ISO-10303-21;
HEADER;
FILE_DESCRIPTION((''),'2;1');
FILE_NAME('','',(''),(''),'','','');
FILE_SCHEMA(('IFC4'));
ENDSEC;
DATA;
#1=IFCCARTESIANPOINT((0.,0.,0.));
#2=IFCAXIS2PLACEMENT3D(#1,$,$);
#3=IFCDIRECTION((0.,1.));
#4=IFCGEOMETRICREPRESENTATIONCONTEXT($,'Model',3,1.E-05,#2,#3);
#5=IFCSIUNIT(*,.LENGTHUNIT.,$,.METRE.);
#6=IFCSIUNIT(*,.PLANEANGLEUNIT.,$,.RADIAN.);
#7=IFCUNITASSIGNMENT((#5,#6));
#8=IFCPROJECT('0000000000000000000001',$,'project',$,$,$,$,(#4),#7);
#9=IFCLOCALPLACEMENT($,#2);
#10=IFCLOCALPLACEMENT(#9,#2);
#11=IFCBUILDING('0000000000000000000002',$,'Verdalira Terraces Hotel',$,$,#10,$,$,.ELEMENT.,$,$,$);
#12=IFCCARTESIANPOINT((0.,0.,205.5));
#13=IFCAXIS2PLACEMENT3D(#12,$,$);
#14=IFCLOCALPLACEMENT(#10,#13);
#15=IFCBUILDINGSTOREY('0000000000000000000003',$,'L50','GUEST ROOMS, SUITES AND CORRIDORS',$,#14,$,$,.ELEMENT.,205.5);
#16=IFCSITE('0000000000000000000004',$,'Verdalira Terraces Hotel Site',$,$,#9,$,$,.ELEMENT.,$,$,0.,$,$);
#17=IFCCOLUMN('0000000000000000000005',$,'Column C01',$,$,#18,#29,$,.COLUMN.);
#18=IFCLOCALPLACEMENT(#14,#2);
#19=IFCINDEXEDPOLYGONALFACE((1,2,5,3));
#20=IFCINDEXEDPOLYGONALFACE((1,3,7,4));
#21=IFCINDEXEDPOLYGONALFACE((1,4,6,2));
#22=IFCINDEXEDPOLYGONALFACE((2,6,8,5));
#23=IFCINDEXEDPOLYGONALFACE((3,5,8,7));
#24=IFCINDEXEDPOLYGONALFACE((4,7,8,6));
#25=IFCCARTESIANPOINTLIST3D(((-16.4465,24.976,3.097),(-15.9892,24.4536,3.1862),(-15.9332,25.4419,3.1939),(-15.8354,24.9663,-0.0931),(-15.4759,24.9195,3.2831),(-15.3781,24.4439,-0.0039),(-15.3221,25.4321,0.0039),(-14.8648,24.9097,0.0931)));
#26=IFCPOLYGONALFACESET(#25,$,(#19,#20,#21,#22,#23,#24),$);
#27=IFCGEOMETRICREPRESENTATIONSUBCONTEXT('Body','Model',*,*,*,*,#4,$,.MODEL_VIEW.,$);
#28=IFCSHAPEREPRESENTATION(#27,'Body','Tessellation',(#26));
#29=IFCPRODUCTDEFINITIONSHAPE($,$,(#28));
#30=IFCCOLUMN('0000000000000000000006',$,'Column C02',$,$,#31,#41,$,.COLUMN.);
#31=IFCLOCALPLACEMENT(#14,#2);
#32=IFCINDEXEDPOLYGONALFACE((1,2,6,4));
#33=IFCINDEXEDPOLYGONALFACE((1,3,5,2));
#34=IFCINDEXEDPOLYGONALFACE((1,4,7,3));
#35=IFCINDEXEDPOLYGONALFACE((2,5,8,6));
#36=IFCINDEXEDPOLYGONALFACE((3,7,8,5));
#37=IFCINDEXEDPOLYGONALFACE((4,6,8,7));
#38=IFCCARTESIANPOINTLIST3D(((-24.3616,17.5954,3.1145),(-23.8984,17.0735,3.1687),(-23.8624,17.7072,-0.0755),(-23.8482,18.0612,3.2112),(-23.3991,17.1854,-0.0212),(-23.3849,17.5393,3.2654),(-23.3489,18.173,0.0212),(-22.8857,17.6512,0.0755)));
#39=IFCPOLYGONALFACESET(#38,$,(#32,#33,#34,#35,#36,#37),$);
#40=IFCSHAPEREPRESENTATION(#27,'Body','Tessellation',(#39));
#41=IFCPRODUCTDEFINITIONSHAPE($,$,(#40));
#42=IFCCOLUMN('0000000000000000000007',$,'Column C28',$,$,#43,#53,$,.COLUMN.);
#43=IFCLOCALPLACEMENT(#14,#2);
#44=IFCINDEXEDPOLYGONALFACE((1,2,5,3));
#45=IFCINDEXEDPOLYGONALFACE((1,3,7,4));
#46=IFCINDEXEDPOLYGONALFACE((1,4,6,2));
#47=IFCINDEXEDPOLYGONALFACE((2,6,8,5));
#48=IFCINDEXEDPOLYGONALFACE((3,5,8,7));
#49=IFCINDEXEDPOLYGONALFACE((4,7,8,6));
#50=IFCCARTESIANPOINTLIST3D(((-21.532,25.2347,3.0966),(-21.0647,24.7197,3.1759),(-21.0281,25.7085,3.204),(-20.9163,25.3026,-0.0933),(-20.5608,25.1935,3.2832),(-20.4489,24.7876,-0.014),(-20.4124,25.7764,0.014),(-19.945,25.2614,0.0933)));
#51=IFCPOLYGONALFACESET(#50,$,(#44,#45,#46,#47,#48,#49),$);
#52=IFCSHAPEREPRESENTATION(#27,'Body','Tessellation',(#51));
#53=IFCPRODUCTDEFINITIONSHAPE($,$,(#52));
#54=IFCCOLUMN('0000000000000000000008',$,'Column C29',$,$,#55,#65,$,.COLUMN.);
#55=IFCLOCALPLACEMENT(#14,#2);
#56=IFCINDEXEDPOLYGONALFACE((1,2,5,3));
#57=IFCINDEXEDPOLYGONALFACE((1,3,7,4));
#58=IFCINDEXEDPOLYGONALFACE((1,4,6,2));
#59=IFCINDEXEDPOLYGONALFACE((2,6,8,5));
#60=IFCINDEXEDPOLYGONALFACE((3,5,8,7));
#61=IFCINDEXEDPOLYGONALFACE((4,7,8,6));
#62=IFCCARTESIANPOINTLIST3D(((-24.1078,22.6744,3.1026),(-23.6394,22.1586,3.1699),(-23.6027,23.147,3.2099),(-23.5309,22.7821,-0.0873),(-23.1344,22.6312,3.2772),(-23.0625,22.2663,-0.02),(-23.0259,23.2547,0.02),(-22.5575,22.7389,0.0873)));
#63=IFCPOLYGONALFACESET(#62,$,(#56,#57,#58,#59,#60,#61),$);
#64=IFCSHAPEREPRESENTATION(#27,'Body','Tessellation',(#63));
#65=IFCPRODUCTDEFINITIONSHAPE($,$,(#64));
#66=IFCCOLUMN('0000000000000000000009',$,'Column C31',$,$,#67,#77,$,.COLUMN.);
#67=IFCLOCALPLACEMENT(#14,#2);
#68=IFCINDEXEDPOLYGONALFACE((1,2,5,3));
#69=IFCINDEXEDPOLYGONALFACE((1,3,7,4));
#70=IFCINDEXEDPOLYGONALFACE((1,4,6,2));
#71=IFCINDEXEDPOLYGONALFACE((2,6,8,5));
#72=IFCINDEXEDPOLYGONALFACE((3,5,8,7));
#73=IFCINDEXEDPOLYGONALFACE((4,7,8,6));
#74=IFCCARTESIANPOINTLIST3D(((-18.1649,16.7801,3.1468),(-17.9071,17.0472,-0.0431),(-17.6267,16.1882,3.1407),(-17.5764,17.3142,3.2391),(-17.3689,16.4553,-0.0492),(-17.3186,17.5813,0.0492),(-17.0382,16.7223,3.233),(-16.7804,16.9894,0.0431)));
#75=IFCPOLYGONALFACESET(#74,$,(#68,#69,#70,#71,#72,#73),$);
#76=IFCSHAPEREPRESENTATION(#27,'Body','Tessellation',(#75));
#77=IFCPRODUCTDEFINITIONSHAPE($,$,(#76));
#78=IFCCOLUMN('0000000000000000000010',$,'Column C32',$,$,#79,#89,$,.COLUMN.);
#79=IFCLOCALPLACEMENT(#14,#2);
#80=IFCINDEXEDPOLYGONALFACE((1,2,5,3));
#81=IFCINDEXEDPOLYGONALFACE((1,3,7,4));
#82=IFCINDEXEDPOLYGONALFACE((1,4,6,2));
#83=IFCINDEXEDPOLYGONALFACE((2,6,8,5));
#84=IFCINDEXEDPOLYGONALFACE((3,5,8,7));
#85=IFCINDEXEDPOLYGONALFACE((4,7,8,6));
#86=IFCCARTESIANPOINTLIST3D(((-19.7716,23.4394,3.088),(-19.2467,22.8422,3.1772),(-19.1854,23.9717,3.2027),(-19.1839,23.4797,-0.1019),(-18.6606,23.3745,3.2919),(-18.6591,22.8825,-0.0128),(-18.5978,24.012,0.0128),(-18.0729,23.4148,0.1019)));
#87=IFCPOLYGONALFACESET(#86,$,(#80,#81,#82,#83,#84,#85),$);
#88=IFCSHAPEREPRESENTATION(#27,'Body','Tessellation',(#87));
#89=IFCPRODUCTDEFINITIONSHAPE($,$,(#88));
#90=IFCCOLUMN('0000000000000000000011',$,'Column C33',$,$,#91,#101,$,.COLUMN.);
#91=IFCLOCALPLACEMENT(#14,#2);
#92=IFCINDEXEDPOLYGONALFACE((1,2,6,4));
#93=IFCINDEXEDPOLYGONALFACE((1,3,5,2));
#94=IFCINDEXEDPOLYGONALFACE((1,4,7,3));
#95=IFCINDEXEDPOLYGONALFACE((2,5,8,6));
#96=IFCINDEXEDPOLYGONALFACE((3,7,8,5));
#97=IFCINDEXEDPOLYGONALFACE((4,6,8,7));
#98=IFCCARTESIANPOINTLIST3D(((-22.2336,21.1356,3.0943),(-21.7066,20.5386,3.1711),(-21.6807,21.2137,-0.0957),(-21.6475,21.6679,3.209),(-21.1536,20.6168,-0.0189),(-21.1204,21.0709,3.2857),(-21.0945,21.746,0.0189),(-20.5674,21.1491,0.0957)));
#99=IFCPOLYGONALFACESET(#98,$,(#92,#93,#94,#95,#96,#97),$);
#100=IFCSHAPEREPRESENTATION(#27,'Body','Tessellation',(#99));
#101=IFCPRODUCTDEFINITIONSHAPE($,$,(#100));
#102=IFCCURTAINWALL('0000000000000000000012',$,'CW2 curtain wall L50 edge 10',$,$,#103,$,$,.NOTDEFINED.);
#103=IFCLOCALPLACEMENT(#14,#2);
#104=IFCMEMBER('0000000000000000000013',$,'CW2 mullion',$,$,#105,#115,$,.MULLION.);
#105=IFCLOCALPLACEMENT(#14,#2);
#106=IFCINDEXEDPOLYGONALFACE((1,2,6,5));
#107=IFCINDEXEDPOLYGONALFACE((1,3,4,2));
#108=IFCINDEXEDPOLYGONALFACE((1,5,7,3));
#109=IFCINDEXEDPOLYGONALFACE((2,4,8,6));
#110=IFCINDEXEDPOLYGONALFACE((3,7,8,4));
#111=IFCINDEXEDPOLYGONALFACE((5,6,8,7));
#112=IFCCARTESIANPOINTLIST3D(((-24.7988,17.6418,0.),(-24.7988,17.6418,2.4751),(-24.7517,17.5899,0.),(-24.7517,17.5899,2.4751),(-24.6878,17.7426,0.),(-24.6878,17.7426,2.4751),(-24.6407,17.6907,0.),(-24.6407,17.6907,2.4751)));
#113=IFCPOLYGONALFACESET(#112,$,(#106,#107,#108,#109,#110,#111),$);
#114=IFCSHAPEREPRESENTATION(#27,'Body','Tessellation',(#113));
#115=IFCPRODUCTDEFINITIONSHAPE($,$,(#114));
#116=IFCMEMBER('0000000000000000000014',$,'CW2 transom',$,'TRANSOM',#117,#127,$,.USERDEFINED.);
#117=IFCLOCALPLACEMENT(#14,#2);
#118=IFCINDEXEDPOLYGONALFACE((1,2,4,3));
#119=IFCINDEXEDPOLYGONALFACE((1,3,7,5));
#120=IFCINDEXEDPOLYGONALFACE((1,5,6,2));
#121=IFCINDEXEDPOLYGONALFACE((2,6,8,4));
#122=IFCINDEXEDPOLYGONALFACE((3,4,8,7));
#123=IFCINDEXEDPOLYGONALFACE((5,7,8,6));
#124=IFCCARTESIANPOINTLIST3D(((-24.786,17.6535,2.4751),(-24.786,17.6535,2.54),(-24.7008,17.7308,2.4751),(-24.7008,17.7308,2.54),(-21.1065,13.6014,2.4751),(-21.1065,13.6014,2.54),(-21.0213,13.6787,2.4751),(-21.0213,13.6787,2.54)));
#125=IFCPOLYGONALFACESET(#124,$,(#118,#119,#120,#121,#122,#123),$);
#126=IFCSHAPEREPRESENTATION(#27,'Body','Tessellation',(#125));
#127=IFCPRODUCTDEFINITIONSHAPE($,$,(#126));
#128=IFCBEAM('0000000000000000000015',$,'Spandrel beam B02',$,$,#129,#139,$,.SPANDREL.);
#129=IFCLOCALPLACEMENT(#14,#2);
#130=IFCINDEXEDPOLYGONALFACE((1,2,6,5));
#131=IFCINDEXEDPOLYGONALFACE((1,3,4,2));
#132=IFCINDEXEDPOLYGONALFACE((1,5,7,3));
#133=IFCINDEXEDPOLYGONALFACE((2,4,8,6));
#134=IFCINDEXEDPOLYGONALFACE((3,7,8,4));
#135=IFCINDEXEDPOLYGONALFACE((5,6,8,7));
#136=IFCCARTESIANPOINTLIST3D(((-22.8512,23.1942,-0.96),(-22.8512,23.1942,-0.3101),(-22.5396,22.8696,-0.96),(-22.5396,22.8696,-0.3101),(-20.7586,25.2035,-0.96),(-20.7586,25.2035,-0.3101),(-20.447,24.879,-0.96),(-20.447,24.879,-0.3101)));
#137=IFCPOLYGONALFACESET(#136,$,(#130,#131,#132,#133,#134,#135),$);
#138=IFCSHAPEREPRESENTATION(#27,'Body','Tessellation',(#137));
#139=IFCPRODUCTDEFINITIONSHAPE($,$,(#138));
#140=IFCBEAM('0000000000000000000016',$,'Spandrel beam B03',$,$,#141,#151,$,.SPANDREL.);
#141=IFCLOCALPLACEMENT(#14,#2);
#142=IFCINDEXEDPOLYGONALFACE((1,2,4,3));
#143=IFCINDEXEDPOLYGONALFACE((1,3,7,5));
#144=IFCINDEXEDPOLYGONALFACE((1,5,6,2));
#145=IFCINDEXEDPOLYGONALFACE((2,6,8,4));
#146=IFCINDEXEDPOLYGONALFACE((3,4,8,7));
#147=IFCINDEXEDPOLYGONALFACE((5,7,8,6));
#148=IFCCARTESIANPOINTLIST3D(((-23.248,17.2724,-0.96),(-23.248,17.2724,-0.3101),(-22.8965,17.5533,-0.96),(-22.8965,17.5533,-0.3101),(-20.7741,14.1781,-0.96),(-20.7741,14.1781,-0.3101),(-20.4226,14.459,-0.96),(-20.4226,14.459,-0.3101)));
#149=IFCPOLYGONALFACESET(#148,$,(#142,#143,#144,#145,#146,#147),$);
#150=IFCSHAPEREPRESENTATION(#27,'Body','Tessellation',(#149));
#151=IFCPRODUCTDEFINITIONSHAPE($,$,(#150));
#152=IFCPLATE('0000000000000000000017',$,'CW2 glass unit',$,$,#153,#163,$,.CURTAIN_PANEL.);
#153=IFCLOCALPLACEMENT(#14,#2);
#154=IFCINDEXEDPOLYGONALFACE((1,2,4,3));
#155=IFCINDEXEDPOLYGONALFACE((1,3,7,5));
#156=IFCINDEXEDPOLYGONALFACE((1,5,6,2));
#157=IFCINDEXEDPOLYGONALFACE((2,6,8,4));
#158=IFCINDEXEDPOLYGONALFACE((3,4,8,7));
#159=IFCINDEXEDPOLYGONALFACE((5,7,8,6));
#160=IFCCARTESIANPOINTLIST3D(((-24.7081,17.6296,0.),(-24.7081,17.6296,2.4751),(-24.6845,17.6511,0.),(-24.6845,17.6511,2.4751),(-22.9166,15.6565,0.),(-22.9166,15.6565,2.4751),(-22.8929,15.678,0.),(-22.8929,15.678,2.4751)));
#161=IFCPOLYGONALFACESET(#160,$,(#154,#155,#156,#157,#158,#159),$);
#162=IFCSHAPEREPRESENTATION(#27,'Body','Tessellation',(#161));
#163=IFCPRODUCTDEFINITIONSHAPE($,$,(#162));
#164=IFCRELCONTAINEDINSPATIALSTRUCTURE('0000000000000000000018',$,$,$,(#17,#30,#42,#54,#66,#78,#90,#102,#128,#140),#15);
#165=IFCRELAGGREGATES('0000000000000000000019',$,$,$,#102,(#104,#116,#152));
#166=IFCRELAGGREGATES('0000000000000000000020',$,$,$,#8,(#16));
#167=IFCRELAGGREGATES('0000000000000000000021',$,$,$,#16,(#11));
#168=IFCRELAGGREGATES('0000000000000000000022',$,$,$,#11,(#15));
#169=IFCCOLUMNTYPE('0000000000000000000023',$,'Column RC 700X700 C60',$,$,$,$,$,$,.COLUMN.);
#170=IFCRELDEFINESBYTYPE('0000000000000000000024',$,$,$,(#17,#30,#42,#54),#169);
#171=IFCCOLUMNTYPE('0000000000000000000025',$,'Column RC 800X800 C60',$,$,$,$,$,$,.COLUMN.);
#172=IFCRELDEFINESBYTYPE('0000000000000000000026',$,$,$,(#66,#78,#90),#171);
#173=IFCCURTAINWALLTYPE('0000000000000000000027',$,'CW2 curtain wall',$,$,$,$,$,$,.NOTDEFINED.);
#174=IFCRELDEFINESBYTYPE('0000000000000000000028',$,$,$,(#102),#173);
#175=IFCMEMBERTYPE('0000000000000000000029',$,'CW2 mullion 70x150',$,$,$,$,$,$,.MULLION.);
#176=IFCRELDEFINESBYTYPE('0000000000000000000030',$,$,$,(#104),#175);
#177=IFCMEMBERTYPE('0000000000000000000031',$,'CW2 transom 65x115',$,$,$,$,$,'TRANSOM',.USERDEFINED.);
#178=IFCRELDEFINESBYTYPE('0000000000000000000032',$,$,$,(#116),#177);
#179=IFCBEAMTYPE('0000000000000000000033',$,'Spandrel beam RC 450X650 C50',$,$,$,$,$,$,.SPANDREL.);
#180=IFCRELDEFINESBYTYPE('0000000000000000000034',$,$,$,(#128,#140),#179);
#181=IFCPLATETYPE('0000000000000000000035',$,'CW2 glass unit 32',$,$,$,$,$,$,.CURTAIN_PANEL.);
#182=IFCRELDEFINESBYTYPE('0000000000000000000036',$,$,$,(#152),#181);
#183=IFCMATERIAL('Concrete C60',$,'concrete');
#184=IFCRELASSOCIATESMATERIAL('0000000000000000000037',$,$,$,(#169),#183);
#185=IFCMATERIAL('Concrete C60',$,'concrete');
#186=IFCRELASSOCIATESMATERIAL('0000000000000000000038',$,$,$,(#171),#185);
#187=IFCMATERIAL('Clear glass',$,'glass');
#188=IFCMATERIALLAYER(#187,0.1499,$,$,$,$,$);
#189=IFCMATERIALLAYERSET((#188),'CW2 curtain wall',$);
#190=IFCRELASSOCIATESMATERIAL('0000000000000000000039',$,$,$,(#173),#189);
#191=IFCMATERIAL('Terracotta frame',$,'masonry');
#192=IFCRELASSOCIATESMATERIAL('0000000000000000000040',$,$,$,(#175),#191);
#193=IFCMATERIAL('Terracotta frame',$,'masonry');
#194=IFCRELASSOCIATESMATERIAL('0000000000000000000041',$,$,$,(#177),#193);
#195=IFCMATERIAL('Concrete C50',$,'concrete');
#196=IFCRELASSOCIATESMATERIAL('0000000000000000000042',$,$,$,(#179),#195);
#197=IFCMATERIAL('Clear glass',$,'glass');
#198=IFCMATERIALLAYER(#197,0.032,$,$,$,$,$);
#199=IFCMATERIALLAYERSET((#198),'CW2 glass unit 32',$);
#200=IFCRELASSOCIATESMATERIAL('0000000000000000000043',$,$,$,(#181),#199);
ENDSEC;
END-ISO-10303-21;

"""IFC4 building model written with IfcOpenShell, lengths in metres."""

from ifc_helpers import new_model, si_unit, direction, frame, origin, origin_2d, place, context, subcontext, project, spatial, rectangle, extrude, material, layer, layer_set, material_profile, profile_set, type_object, element, aggregate, save


model = new_model("IFC4")

# Units and contexts
model_context = context("Model", 3, precision=1e-05, world=origin(), true_north=direction((0.0, 1.0)))
body_context = subcontext(model_context, "Body", "Model", "MODEL_VIEW")
ifc_project = project(units=[si_unit("LENGTHUNIT", "METRE"), si_unit("PLANEANGLEUNIT", "RADIAN")], contexts=[model_context])

# Site, building, storey
site_placement = place(None, origin())
site = spatial("IfcSite", under=ifc_project, at=site_placement, Name="Verdalira Terraces Hotel Site", CompositionType="ELEMENT", RefElevation=0.0)
building_placement = place(site_placement, origin())
building = spatial("IfcBuilding", under=site, at=building_placement, Name="Verdalira Terraces Hotel", CompositionType="ELEMENT")
storey_placement = place(building_placement, frame((0.0, 0.0, 205.5)))
storey = spatial("IfcBuildingStorey", under=building, at=storey_placement, Name="L50", Description="GUEST ROOMS, SUITES AND CORRIDORS", CompositionType="ELEMENT", Elevation=205.5)

# Columns
ifc_material_1 = material(Name="Concrete C60", Category="concrete")
ifc_material_profile_1 = material_profile(ifc_material_1, rectangle(XDim=0.7, YDim=0.7, at=origin_2d()), Name="RC 700X700")
ifc_profile_set_1 = profile_set([ifc_material_profile_1], Name="Concrete C60")
column_type_1 = type_object("IfcColumnType", Name="Column RC 700X700 C60", PredefinedType="COLUMN", material=ifc_profile_set_1)
column_1_placement = place(storey_placement, frame((-15.3501, 24.938, 0.0), z_axis=(-0.188144, 0.003007, 0.982137), x_axis=(-0.653261, 0.746333, -0.127427)))
element("IfcColumn", 1, at=column_1_placement, inside=storey, type_object=column_type_1, Name="Column C01", PredefinedType="COLUMN", context=body_context, shape_type="SweptSolid", body=[
    extrude(rectangle(XDim=0.7, YDim=0.7, at=origin_2d()), origin(), (0.0, 0.0, 1.0), 3.248),
])
column_2_placement = place(storey_placement, frame((-23.374, 17.6792, 0.0), z_axis=(-0.154538, -0.03461, 0.98738), x_axis=(0.661869, -0.745607, 0.077456)))
element("IfcColumn", 2, at=column_2_placement, inside=storey, type_object=column_type_1, Name="Column C02", PredefinedType="COLUMN", context=body_context, shape_type="SweptSolid", body=[
    extrude(rectangle(XDim=0.7, YDim=0.7, at=origin_2d()), origin(), (0.0, 0.0, 1.0), 3.2307),
])
column_3_placement = place(storey_placement, frame((-20.4307, 25.282, 0.0), z_axis=(-0.189481, -0.020886, 0.981662), x_axis=(-0.719904, -0.676919, -0.153358)))
element("IfcColumn", 3, at=column_3_placement, inside=storey, type_object=column_type_1, Name="Column C28", PredefinedType="COLUMN", context=body_context, shape_type="SweptSolid", body=[
    extrude(rectangle(XDim=0.7, YDim=0.7, at=origin_2d()), origin(), (0.0, 0.0, 1.0), 3.2495),
])
column_4_placement = place(storey_placement, frame((-23.0442, 22.7605, 0.0), z_axis=(-0.177866, -0.033195, 0.983495), x_axis=(-0.72153, -0.675204, -0.153279)))
element("IfcColumn", 4, at=column_4_placement, inside=storey, type_object=column_type_1, Name="Column C29", PredefinedType="COLUMN", context=body_context, shape_type="SweptSolid", body=[
    extrude(rectangle(XDim=0.7, YDim=0.7, at=origin_2d()), origin(), (0.0, 0.0, 1.0), 3.2434),
])
ifc_material_2 = material(Name="Concrete C60", Category="concrete")
ifc_material_profile_2 = material_profile(ifc_material_2, rectangle(XDim=0.8, YDim=0.8, at=origin_2d()), Name="RC 800X800")
ifc_profile_set_2 = profile_set([ifc_material_profile_2], Name="Concrete C60")
column_type_2 = type_object("IfcColumnType", Name="Column RC 800X800 C60", PredefinedType="COLUMN", material=ifc_profile_set_2)
column_5_placement = place(storey_placement, frame((-17.3438, 17.0183, 0.0), z_axis=(-0.080279, -0.083168, 0.993297), x_axis=(-0.672735, 0.739845, 0.007576)))
element("IfcColumn", 5, at=column_5_placement, inside=storey, type_object=column_type_2, Name="Column C31", PredefinedType="COLUMN", context=body_context, shape_type="SweptSolid", body=[
    extrude(rectangle(XDim=0.8, YDim=0.8, at=origin_2d()), origin(), (0.0, 0.0, 1.0), 3.2114),
])
column_6_placement = place(storey_placement, frame((-18.6284, 23.4473, 0.0), z_axis=(-0.181156, -0.012418, 0.983376), x_axis=(-0.65604, 0.746455, -0.111428)))
element("IfcColumn", 6, at=column_6_placement, inside=storey, type_object=column_type_2, Name="Column C32", PredefinedType="COLUMN", context=body_context, shape_type="SweptSolid", body=[
    extrude(rectangle(XDim=0.8, YDim=0.8, at=origin_2d()), origin(), (0.0, 0.0, 1.0), 3.2439),
])
column_7_placement = place(storey_placement, frame((-21.124, 21.1814, 0.0), z_axis=(-0.170754, -0.024124, 0.985018), x_axis=(-0.658818, 0.746161, -0.095932)))
element("IfcColumn", 7, at=column_7_placement, inside=storey, type_object=column_type_2, Name="Column C33", PredefinedType="COLUMN", context=body_context, shape_type="SweptSolid", body=[
    extrude(rectangle(XDim=0.8, YDim=0.8, at=origin_2d()), origin(), (0.0, 0.0, 1.0), 3.2385),
])

# Curtain wall, members
ifc_material_3 = material(Name="Clear glass", Category="glass")
ifc_layer_1 = layer(ifc_material_3, 0.1499)
ifc_layer_set_1 = layer_set([ifc_layer_1], Name="CW2 curtain wall")
curtain_wall_type = type_object("IfcCurtainWallType", Name="CW2 curtain wall", PredefinedType="NOTDEFINED", material=ifc_layer_set_1)
curtain_wall_placement = place(storey_placement, origin())
curtain_wall = element("IfcCurtainWall", 8, at=curtain_wall_placement, inside=storey, type_object=curtain_wall_type, Name="CW2 curtain wall L50 edge 10", PredefinedType="NOTDEFINED")
ifc_material_4 = material(Name="Terracotta frame", Category="masonry")
ifc_material_profile_3 = material_profile(ifc_material_4, rectangle(XDim=0.0701, YDim=0.1499, at=origin_2d()), Name="MU 70x150")
ifc_profile_set_3 = profile_set([ifc_material_profile_3], Name="Terracotta frame")
member_type_1 = type_object("IfcMemberType", Name="CW2 mullion 70x150", PredefinedType="MULLION", material=ifc_profile_set_3)
member_1_placement = place(storey_placement, frame((-24.7197, 17.6663, 0.0), z_axis=(0.0, 0.0, 1.0), x_axis=(0.672238, -0.740335, 0.0)))
member_1 = element("IfcMember", 9, at=member_1_placement, type_object=member_type_1, Name="CW2 mullion", PredefinedType="MULLION", context=body_context, shape_type="SweptSolid", body=[
    extrude(rectangle(XDim=0.0701, YDim=0.1499, at=origin_2d()), origin(), (0.0, 0.0, 1.0), 2.4751),
])
ifc_material_5 = material(Name="Terracotta frame", Category="masonry")
ifc_material_profile_4 = material_profile(ifc_material_5, rectangle(XDim=0.115, YDim=0.0649, at=origin_2d()), Name="TR 65x115")
ifc_profile_set_4 = profile_set([ifc_material_profile_4], Name="Terracotta frame")
member_type_2 = type_object("IfcMemberType", Name="CW2 transom 65x115", ElementType="TRANSOM", PredefinedType="USERDEFINED", material=ifc_profile_set_4)
member_2_placement = place(storey_placement, frame((-24.7434, 17.6921, 2.5076), z_axis=(0.672253, -0.740321, 0.0), x_axis=(0.740321, 0.672253, 0.0)))
member_2 = element("IfcMember", 10, at=member_2_placement, type_object=member_type_2, Name="CW2 transom", ObjectType="TRANSOM", PredefinedType="USERDEFINED", context=body_context, shape_type="SweptSolid", body=[
    extrude(rectangle(XDim=0.115, YDim=0.0649, at=origin_2d()), origin(), (0.0, 0.0, 1.0), 5.4734),
])

# Beams
ifc_material_6 = material(Name="Concrete C50", Category="concrete")
ifc_material_profile_5 = material_profile(ifc_material_6, rectangle(XDim=0.45, YDim=0.6499, at=origin_2d()), Name="RC 450X650")
ifc_profile_set_5 = profile_set([ifc_material_profile_5], Name="Concrete C50")
beam_type = type_object("IfcBeamType", Name="Spandrel beam RC 450X650 C50", PredefinedType="SPANDREL", material=ifc_profile_set_5)
beam_1_placement = place(storey_placement, frame((-20.6028, 25.0413, -0.635), z_axis=(-0.72131, -0.692612, 0.0), x_axis=(0.692612, -0.72131, 0.0)))
element("IfcBeam", 11, at=beam_1_placement, inside=storey, type_object=beam_type, Name="Spandrel beam B02", PredefinedType="SPANDREL", context=body_context, shape_type="SweptSolid", body=[
    extrude(rectangle(XDim=0.45, YDim=0.6499, at=origin_2d()), origin(), (0.0, 0.0, 1.0), 2.9011),
])
beam_2_placement = place(storey_placement, frame((-23.0723, 17.4128, -0.635), z_axis=(0.624462, -0.781055, 0.0), x_axis=(0.781055, 0.624462, 0.0)))
element("IfcBeam", 12, at=beam_2_placement, inside=storey, type_object=beam_type, Name="Spandrel beam B03", PredefinedType="SPANDREL", context=body_context, shape_type="SweptSolid", body=[
    extrude(rectangle(XDim=0.45, YDim=0.6499, at=origin_2d()), origin(), (0.0, 0.0, 1.0), 3.9617),
])

# Plate
ifc_material_7 = material(Name="Clear glass", Category="glass")
ifc_layer_2 = layer(ifc_material_7, 0.032)
ifc_layer_set_2 = layer_set([ifc_layer_2], Name="CW2 glass unit 32")
plate_type = type_object("IfcPlateType", Name="CW2 glass unit 32", PredefinedType="CURTAIN_PANEL", material=ifc_layer_set_2)
plate_placement = place(storey_placement, frame((-23.8005, 16.6538, 0.0), z_axis=(0.0, 0.0, 1.0), x_axis=(0.672238, -0.740335, 0.0)))
plate = element("IfcPlate", 13, at=plate_placement, type_object=plate_type, Name="CW2 glass unit", PredefinedType="CURTAIN_PANEL", context=body_context, shape_type="SweptSolid", body=[
    extrude(rectangle(XDim=2.665, YDim=0.032, at=origin_2d()), origin(), (0.0, 0.0, 1.0), 2.4751),
])
aggregate(curtain_wall, [member_1, member_2, plate])

save(model, "model.ifc")
